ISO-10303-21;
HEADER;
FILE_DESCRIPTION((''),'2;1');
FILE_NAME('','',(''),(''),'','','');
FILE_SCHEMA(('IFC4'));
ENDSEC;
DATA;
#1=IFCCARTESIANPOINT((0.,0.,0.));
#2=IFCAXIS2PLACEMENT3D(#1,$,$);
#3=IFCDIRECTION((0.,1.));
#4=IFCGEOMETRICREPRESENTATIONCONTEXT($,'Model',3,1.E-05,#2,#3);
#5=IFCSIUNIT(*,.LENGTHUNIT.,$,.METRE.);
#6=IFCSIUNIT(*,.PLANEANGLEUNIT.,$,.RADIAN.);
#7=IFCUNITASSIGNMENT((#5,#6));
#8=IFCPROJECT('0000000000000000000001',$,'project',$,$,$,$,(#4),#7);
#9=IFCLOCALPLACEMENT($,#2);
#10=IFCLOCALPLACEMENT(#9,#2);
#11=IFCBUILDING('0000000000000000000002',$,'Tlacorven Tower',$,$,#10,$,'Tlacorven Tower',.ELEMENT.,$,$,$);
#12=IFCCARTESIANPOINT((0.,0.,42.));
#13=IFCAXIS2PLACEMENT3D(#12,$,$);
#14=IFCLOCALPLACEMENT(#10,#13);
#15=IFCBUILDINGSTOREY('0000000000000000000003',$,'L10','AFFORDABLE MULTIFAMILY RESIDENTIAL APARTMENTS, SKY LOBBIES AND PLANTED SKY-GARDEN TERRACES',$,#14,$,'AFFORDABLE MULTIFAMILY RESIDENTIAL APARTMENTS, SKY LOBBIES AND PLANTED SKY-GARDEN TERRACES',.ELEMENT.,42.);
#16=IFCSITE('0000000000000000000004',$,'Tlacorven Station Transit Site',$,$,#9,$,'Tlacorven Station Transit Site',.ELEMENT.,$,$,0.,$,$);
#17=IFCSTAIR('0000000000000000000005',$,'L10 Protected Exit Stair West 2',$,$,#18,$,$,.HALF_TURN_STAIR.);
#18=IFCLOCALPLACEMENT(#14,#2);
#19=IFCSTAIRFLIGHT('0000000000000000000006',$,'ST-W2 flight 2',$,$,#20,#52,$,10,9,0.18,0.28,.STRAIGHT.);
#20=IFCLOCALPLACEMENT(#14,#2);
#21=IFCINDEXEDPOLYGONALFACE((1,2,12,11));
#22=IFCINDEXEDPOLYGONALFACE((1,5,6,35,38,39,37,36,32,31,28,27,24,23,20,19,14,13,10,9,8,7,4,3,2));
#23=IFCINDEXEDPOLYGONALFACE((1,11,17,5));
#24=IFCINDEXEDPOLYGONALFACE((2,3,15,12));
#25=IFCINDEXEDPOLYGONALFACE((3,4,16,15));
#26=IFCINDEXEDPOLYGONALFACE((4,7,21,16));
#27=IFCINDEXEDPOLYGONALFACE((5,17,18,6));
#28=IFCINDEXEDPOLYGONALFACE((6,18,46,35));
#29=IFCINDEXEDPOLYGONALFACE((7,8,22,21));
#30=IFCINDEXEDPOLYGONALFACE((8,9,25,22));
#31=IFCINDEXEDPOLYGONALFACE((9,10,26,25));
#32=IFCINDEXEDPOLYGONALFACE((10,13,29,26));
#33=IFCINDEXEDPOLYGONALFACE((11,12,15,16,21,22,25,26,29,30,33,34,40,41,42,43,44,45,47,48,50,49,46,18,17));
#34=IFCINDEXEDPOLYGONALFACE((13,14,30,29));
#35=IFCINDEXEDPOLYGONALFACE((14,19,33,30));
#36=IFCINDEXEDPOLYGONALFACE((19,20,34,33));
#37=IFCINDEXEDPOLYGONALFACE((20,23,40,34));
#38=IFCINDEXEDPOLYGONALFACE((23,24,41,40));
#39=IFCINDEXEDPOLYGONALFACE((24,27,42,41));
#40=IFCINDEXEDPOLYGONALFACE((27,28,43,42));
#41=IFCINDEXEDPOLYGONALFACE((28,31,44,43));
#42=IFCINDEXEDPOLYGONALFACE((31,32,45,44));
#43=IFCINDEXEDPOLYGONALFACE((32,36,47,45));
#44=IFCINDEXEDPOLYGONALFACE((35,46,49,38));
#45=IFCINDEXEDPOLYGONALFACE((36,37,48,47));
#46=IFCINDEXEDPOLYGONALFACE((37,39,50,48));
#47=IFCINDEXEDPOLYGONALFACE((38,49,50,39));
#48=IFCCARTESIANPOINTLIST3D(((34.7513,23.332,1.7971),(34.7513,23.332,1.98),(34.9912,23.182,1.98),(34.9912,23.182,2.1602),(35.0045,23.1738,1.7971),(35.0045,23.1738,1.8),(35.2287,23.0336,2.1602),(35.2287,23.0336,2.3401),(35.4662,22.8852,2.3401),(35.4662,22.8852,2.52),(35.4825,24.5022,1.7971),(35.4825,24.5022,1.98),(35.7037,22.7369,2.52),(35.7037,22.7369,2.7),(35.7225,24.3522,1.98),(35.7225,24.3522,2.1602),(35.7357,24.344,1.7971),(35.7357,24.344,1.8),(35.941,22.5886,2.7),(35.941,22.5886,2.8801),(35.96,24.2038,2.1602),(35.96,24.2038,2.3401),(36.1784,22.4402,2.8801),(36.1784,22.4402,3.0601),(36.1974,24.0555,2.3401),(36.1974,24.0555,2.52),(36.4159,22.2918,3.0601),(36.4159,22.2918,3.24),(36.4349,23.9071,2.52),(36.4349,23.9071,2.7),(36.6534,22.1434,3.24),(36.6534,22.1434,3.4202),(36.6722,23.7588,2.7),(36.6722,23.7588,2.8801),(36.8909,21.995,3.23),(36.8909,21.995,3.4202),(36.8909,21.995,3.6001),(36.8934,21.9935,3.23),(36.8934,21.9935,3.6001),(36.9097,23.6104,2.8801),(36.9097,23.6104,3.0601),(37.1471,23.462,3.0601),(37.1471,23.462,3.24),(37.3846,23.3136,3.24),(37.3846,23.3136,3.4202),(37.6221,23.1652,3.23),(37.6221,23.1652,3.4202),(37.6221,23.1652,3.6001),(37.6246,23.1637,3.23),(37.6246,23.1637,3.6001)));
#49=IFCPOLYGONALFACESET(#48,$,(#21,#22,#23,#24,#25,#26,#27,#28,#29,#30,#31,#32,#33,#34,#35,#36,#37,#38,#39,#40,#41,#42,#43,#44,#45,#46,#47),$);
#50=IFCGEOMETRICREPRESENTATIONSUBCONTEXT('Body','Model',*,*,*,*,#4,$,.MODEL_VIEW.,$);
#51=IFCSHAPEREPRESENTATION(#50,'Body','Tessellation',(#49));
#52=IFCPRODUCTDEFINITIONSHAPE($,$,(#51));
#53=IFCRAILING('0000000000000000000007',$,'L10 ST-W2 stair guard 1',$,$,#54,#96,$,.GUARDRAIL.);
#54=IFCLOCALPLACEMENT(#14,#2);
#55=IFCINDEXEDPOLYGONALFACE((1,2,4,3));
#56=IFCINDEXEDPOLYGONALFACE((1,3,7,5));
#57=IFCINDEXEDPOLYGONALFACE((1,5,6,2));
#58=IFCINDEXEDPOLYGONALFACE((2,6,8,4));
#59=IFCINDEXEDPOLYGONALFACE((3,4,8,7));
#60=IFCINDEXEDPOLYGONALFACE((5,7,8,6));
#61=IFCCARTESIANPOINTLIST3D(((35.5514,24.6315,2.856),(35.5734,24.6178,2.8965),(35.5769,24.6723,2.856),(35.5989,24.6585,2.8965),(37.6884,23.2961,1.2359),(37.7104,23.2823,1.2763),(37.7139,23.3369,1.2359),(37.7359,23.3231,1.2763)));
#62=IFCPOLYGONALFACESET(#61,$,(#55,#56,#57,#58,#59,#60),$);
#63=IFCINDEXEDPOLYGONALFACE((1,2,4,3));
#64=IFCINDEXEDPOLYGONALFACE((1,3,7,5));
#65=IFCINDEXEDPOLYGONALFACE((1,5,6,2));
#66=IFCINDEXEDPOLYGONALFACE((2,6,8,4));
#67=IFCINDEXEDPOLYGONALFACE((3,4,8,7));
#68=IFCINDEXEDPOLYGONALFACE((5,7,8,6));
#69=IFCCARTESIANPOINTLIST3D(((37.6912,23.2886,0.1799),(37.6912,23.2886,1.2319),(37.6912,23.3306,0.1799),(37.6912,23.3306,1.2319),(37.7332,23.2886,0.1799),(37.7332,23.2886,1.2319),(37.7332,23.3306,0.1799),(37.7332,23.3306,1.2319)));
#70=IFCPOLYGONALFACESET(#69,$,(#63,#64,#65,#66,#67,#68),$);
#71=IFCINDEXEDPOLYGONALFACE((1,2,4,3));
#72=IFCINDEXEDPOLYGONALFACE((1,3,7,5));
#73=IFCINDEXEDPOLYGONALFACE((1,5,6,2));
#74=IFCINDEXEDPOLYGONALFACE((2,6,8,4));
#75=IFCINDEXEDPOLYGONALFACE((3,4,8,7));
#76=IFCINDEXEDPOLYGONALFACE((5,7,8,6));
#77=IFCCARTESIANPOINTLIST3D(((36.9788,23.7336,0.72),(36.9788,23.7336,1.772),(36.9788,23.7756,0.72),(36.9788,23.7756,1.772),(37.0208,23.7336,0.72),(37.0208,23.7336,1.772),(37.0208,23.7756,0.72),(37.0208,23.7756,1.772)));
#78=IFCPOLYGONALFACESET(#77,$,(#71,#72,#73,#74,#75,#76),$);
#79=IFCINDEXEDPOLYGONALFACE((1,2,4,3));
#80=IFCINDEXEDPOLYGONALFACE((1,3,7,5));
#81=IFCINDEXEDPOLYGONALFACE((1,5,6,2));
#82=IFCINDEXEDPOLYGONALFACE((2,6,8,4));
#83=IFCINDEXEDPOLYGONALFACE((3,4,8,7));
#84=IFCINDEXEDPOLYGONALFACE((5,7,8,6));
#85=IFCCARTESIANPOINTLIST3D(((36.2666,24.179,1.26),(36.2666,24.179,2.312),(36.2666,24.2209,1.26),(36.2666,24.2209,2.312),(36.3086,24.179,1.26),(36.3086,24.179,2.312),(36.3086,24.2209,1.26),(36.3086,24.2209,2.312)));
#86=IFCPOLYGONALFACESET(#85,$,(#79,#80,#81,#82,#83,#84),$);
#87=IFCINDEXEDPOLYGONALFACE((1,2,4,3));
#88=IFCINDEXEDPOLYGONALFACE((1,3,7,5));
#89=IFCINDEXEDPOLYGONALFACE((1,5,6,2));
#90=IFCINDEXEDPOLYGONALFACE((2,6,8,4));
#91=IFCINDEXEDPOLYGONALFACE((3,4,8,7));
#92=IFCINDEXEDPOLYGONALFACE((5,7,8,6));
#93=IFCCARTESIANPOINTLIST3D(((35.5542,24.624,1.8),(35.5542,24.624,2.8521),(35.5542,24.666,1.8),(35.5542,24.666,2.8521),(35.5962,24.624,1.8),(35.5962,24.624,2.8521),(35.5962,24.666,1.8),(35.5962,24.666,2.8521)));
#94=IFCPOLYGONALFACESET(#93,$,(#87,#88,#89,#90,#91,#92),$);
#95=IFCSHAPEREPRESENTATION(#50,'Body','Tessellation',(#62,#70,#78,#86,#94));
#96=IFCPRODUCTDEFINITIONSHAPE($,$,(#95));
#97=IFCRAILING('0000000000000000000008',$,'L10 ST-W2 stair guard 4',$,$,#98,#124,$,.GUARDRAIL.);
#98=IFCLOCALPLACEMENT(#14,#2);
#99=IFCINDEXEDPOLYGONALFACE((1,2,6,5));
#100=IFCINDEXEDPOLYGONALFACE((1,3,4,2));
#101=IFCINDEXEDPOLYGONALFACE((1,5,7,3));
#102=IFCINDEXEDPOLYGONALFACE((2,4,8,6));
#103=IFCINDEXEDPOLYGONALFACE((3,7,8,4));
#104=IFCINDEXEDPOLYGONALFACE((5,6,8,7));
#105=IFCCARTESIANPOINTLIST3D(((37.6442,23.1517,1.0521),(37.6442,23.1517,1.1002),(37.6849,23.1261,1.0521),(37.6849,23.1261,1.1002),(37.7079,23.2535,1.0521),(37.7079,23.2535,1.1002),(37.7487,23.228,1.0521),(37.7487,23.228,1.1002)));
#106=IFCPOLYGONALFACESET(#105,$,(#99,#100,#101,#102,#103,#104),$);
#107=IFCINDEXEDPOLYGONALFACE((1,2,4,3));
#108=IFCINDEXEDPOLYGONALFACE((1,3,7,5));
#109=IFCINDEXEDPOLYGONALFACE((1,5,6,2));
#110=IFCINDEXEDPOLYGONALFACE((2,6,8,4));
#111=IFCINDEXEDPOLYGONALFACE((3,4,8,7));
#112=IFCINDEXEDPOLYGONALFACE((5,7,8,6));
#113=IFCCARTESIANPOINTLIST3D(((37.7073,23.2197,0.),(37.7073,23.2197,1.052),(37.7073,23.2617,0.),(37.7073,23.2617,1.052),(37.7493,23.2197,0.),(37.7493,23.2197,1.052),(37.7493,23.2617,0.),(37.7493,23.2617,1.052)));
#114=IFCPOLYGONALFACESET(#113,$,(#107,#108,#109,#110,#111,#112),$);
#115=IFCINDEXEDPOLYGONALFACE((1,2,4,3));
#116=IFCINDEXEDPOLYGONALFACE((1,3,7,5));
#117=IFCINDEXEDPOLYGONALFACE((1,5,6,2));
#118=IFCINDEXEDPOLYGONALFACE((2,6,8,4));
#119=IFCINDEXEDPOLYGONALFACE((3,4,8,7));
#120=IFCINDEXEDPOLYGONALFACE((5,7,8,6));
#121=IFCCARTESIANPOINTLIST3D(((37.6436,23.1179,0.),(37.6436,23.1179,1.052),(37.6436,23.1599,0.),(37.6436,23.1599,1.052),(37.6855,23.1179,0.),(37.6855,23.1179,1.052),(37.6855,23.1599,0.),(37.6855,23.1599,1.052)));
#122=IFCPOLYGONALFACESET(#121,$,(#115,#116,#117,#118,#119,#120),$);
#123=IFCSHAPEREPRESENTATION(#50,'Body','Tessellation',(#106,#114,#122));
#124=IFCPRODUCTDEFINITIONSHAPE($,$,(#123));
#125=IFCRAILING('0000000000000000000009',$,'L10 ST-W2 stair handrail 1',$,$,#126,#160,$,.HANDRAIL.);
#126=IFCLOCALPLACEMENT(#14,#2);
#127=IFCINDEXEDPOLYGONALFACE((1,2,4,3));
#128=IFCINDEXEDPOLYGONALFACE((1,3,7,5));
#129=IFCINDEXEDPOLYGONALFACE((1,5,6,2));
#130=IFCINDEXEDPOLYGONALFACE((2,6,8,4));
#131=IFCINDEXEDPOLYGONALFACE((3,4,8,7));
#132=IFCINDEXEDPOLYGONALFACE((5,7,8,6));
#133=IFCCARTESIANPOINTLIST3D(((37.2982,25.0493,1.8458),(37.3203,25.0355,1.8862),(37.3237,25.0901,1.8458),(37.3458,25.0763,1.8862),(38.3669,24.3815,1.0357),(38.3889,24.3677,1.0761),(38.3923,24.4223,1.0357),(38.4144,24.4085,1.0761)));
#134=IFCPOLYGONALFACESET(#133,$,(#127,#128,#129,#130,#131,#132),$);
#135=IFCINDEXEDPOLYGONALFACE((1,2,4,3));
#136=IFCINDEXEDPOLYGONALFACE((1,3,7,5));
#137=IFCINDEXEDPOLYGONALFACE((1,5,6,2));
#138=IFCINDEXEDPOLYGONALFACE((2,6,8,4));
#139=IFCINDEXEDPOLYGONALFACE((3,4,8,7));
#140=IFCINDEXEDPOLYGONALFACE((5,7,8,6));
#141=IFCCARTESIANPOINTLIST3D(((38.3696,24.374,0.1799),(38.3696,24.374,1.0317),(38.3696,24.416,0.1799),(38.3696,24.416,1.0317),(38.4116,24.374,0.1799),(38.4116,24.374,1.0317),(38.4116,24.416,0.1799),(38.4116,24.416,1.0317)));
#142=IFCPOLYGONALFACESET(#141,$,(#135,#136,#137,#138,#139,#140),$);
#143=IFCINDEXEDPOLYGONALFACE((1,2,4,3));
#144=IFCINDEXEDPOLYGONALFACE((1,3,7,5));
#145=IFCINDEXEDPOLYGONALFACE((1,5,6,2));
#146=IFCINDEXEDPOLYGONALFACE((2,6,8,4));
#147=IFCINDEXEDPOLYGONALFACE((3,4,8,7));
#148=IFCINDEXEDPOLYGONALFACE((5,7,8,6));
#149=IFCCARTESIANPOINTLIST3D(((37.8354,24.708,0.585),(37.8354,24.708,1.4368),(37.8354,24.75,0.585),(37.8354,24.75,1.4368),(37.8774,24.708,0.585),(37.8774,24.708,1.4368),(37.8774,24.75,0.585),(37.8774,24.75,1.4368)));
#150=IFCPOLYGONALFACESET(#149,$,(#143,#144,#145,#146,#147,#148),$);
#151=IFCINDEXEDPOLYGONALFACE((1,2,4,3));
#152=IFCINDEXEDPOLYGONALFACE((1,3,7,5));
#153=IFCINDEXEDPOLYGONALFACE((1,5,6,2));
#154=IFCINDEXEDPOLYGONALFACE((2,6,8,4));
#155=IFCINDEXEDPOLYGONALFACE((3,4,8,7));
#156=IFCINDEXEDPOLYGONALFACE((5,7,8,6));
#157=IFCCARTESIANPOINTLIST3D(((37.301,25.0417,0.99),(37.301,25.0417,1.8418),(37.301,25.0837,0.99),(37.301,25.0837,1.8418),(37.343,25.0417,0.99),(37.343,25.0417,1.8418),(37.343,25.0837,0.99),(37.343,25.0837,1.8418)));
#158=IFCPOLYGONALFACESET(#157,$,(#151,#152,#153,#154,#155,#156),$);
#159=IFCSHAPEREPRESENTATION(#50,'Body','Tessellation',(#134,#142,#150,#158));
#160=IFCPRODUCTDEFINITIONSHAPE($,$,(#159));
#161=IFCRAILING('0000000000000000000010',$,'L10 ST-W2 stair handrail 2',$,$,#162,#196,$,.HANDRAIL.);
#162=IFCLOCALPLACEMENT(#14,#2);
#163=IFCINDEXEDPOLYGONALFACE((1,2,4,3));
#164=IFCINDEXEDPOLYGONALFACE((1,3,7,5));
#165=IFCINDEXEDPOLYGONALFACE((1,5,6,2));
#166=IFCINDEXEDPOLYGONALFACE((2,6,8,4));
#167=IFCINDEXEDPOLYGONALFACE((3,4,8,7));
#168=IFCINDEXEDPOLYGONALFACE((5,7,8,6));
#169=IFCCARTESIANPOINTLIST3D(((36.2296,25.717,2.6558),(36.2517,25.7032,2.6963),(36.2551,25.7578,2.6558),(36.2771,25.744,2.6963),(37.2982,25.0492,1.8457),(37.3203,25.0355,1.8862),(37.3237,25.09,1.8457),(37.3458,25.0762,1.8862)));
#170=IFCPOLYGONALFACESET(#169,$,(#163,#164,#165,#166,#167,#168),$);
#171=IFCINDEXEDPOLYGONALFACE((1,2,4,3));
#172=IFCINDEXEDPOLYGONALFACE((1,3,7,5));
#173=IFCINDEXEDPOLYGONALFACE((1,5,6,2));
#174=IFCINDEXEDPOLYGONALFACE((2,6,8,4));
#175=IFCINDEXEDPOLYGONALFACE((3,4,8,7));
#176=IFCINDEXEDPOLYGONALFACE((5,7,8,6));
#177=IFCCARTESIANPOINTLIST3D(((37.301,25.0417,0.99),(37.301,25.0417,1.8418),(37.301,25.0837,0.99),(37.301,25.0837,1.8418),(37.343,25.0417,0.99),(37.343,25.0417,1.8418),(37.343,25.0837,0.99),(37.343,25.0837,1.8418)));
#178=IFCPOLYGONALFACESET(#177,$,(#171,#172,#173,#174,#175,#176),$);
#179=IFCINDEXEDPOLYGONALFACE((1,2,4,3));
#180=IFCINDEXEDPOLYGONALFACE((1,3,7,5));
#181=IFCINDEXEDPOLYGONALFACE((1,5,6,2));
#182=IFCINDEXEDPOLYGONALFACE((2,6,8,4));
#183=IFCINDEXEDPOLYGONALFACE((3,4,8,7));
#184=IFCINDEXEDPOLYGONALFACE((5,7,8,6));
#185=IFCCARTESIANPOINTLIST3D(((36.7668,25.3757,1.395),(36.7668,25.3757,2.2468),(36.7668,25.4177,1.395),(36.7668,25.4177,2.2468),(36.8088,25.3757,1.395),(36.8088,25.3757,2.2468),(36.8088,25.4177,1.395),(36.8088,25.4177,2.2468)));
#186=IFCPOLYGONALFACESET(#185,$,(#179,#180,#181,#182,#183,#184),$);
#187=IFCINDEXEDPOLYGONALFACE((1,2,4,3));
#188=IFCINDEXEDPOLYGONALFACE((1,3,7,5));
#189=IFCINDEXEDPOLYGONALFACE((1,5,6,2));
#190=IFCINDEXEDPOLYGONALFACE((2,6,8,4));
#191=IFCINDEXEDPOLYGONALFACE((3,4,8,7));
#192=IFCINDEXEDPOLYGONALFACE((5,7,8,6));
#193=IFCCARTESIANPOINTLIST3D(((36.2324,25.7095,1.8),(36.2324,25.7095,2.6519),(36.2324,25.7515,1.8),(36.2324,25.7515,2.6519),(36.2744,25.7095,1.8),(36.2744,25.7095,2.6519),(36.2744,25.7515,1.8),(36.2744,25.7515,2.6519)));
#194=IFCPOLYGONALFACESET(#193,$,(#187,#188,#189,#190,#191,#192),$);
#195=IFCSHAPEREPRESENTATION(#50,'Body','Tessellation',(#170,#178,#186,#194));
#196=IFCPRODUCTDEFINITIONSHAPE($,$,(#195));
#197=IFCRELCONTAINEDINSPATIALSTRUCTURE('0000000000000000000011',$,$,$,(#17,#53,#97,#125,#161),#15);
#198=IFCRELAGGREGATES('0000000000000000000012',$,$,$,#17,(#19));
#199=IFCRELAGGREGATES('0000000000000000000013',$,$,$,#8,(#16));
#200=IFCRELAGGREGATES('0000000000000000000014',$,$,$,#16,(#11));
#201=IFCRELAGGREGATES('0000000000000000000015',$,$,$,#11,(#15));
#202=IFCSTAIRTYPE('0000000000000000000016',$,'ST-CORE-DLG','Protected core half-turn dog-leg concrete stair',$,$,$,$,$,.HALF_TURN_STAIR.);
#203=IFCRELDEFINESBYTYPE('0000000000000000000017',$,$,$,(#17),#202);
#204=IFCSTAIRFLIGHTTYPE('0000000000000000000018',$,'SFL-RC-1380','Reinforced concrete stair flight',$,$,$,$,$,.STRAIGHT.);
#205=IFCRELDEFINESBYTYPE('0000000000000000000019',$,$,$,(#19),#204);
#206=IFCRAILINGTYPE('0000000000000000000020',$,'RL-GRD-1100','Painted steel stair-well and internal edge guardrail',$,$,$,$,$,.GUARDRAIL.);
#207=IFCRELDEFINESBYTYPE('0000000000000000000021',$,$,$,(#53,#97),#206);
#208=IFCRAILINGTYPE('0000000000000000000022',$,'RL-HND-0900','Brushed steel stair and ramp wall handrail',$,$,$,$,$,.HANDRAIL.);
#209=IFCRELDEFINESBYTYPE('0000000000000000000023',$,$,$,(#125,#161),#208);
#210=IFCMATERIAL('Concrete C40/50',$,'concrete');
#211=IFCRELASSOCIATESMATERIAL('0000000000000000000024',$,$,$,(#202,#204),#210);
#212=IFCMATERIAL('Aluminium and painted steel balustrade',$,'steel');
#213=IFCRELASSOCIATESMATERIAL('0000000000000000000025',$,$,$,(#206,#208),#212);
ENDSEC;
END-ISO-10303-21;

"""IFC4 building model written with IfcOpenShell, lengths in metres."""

from ifc_helpers import new_model, si_unit, direction, frame, origin, origin_2d, place, context, subcontext, project, spatial, polyline, rectangle, outline, extrude, source, transform, mapped, material, type_object, element, aggregate, save


model = new_model("IFC4")

# Units and contexts
model_context = context("Model", 3, precision=1e-05, world=origin(), true_north=direction((0.0, 1.0)))
body_context = subcontext(model_context, "Body", "Model", "MODEL_VIEW")
ifc_project = project(units=[si_unit("LENGTHUNIT", "METRE"), si_unit("PLANEANGLEUNIT", "RADIAN")], contexts=[model_context])

# Site, building, storey
site_placement = place(None, origin())
site = spatial("IfcSite", under=ifc_project, at=site_placement, Name="Tlacorven Station Transit Site", LongName="Tlacorven Station Transit Site", CompositionType="ELEMENT", RefElevation=0.0)
building_placement = place(site_placement, origin())
building = spatial("IfcBuilding", under=site, at=building_placement, Name="Tlacorven Tower", LongName="Tlacorven Tower", CompositionType="ELEMENT")
storey_placement = place(building_placement, frame((0.0, 0.0, 42.0)))
storey = spatial("IfcBuildingStorey", under=building, at=storey_placement, Name="L10", Description="AFFORDABLE MULTIFAMILY RESIDENTIAL APARTMENTS, SKY LOBBIES AND PLANTED SKY-GARDEN TERRACES", LongName="AFFORDABLE MULTIFAMILY RESIDENTIAL APARTMENTS, SKY LOBBIES AND PLANTED SKY-GARDEN TERRACES", CompositionType="ELEMENT", Elevation=42.0)

# Shared definitions
ifc_material_1 = material(Name="Concrete C40/50", Category="concrete")

# Stair, stair flight
stair_type = type_object("IfcStairType", Name="ST-CORE-DLG", Description="Protected core half-turn dog-leg concrete stair", PredefinedType="HALF_TURN_STAIR", material=ifc_material_1)
stair_placement = place(storey_placement, origin())
stair = element("IfcStair", 1, at=stair_placement, inside=storey, type_object=stair_type, Name="L10 Protected Exit Stair West 2", PredefinedType="HALF_TURN_STAIR")
stair_flight_type = type_object("IfcStairFlightType", Name="SFL-RC-1380", Description="Reinforced concrete stair flight", PredefinedType="STRAIGHT", material=ifc_material_1)
shared_shape_1 = source(origin(), body_context, "Body", "SweptSolid", [
    extrude(outline(polyline([(-0.0029, -0.0029), (-0.0029, 0.1799), (0.28, 0.1799), (0.28, 0.3601), (0.5601, 0.3601), (0.5601, 0.54), (0.8401, 0.54), (0.8401, 0.72), (1.1201, 0.72), (1.1201, 0.8999), (1.3999, 0.8999), (1.3999, 1.0801), (1.6799, 1.0801), (1.6799, 1.26), (1.96, 1.26), (1.96, 1.4399), (2.24, 1.4399), (2.24, 1.6201), (2.52, 1.6201), (2.52, 1.8), (2.5229, 1.8), (2.5229, 1.4299), (2.52, 1.4299), (0.2957, 0.0), (0.2957, -0.0029), (-0.0029, -0.0029)])), frame((0.0, 0.6899, 0.0), z_axis=(0.0, -1.0, 0.0), x_axis=(1.0, 0.0, 0.0)), (0.0, 0.0, 1.0), 1.3799),
])
stair_flight_1_placement = place(storey_placement, frame((35.1194, 23.9155, 1.8), z_axis=(0.0, 0.0, 1.0), x_axis=(0.848048, -0.529919, 0.0)))
stair_flight_1 = element("IfcStairFlight", 2, at=stair_flight_1_placement, type_object=stair_flight_type, Name="ST-W2 flight 2", NumberOfRisers=10, NumberOfTreads=9, PredefinedType="STRAIGHT", RiserHeight=0.18, TreadLength=0.28, context=body_context, shape_type="MappedRepresentation", body=[
    mapped(shared_shape_1, transform((0.0, 0.0, 0.0), scale=1.0)),
])
aggregate(stair, [stair_flight_1])

# Railings
ifc_material_2 = material(Name="Aluminium and painted steel balustrade", Category="steel")
railing_type_1 = type_object("IfcRailingType", Name="RL-GRD-1100", Description="Painted steel stair-well and internal edge guardrail", PredefinedType="GUARDRAIL", material=ifc_material_2)
shared_shape_2 = source(origin(), body_context, "Body", "SweptSolid", [
    extrude(rectangle(XDim=0.0481, YDim=0.0481, at=origin_2d()), frame((0.0, 0.0, 1.0762), z_axis=(-0.71332, 0.445774, 0.540796), x_axis=(-0.529955, -0.848026, 0.0)), (0.0, 0.0, 1.0), 2.9958),
    extrude(rectangle(XDim=0.042, YDim=0.042, at=origin_2d()), origin(), (0.0, 0.0, 1.0), 1.052),
    extrude(rectangle(XDim=0.042, YDim=0.042, at=origin_2d()), frame((-0.7124, 0.4451, 0.54)), (0.0, 0.0, 1.0), 1.052),
    extrude(rectangle(XDim=0.042, YDim=0.042, at=origin_2d()), frame((-1.4246, 0.8904, 1.0801)), (0.0, 0.0, 1.0), 1.052),
    extrude(rectangle(XDim=0.042, YDim=0.042, at=origin_2d()), frame((-2.137, 1.3354, 1.6201)), (0.0, 0.0, 1.0), 1.052),
])
railing_1_placement = place(storey_placement, frame((37.7122, 23.3096, 0.1799)))
element("IfcRailing", 3, at=railing_1_placement, inside=storey, type_object=railing_type_1, Name="L10 ST-W2 stair guard 1", PredefinedType="GUARDRAIL", context=body_context, shape_type="MappedRepresentation", body=[
    mapped(shared_shape_2, transform((0.0, 0.0, 0.0), scale=1.0)),
])
shared_shape_3 = source(origin(), body_context, "Body", "SweptSolid", [
    extrude(rectangle(XDim=0.0481, YDim=0.0481, at=origin_2d()), frame((0.0, 0.0, 1.0762), z_axis=(-0.530547, -0.847656, 0.0), x_axis=(0.847656, -0.530547, 0.0)), (0.0, 0.0, 1.0), 0.1201),
    extrude(rectangle(XDim=0.042, YDim=0.042, at=origin_2d()), origin(), (0.0, 0.0, 1.0), 1.052),
    extrude(rectangle(XDim=0.042, YDim=0.042, at=origin_2d()), frame((-0.0637, -0.1018, 0.0)), (0.0, 0.0, 1.0), 1.052),
])
railing_2_placement = place(storey_placement, frame((37.7283, 23.2407, 0.0)))
element("IfcRailing", 4, at=railing_2_placement, inside=storey, type_object=railing_type_1, Name="L10 ST-W2 stair guard 4", PredefinedType="GUARDRAIL", context=body_context, shape_type="MappedRepresentation", body=[
    mapped(shared_shape_3, transform((0.0, 0.0, 0.0), scale=1.0)),
])
railing_type_2 = type_object("IfcRailingType", Name="RL-HND-0900", Description="Brushed steel stair and ramp wall handrail", PredefinedType="HANDRAIL", material=ifc_material_2)
shared_shape_4 = source(origin(), body_context, "Body", "SweptSolid", [
    extrude(rectangle(XDim=0.0481, YDim=0.0481, at=origin_2d()), frame((0.0, 0.0, 0.876), z_axis=(-0.71336, 0.445748, 0.540765), x_axis=(-0.529912, -0.848053, 0.0)), (0.0, 0.0, 1.0), 1.498),
    extrude(rectangle(XDim=0.042, YDim=0.042, at=origin_2d()), origin(), (0.0, 0.0, 1.0), 0.8518),
    extrude(rectangle(XDim=0.042, YDim=0.042, at=origin_2d()), frame((-0.5342, 0.334, 0.405)), (0.0, 0.0, 1.0), 0.8518),
    extrude(rectangle(XDim=0.042, YDim=0.042, at=origin_2d()), frame((-1.0686, 0.6677, 0.8101)), (0.0, 0.0, 1.0), 0.8518),
])
for number, where, name in (
    (5, (38.3906, 24.395, 0.1799), "L10 ST-W2 stair handrail 1"),
    (6, (37.322, 25.0627, 0.99), "L10 ST-W2 stair handrail 2"),
):
    element("IfcRailing", number, at=place(storey_placement, frame(where)), inside=storey, type_object=railing_type_2, Name=name, PredefinedType="HANDRAIL", context=body_context, shape_type="MappedRepresentation", body=[
        mapped(shared_shape_4, transform((0.0, 0.0, 0.0), scale=1.0)),
    ])

save(model, "model.ifc")
